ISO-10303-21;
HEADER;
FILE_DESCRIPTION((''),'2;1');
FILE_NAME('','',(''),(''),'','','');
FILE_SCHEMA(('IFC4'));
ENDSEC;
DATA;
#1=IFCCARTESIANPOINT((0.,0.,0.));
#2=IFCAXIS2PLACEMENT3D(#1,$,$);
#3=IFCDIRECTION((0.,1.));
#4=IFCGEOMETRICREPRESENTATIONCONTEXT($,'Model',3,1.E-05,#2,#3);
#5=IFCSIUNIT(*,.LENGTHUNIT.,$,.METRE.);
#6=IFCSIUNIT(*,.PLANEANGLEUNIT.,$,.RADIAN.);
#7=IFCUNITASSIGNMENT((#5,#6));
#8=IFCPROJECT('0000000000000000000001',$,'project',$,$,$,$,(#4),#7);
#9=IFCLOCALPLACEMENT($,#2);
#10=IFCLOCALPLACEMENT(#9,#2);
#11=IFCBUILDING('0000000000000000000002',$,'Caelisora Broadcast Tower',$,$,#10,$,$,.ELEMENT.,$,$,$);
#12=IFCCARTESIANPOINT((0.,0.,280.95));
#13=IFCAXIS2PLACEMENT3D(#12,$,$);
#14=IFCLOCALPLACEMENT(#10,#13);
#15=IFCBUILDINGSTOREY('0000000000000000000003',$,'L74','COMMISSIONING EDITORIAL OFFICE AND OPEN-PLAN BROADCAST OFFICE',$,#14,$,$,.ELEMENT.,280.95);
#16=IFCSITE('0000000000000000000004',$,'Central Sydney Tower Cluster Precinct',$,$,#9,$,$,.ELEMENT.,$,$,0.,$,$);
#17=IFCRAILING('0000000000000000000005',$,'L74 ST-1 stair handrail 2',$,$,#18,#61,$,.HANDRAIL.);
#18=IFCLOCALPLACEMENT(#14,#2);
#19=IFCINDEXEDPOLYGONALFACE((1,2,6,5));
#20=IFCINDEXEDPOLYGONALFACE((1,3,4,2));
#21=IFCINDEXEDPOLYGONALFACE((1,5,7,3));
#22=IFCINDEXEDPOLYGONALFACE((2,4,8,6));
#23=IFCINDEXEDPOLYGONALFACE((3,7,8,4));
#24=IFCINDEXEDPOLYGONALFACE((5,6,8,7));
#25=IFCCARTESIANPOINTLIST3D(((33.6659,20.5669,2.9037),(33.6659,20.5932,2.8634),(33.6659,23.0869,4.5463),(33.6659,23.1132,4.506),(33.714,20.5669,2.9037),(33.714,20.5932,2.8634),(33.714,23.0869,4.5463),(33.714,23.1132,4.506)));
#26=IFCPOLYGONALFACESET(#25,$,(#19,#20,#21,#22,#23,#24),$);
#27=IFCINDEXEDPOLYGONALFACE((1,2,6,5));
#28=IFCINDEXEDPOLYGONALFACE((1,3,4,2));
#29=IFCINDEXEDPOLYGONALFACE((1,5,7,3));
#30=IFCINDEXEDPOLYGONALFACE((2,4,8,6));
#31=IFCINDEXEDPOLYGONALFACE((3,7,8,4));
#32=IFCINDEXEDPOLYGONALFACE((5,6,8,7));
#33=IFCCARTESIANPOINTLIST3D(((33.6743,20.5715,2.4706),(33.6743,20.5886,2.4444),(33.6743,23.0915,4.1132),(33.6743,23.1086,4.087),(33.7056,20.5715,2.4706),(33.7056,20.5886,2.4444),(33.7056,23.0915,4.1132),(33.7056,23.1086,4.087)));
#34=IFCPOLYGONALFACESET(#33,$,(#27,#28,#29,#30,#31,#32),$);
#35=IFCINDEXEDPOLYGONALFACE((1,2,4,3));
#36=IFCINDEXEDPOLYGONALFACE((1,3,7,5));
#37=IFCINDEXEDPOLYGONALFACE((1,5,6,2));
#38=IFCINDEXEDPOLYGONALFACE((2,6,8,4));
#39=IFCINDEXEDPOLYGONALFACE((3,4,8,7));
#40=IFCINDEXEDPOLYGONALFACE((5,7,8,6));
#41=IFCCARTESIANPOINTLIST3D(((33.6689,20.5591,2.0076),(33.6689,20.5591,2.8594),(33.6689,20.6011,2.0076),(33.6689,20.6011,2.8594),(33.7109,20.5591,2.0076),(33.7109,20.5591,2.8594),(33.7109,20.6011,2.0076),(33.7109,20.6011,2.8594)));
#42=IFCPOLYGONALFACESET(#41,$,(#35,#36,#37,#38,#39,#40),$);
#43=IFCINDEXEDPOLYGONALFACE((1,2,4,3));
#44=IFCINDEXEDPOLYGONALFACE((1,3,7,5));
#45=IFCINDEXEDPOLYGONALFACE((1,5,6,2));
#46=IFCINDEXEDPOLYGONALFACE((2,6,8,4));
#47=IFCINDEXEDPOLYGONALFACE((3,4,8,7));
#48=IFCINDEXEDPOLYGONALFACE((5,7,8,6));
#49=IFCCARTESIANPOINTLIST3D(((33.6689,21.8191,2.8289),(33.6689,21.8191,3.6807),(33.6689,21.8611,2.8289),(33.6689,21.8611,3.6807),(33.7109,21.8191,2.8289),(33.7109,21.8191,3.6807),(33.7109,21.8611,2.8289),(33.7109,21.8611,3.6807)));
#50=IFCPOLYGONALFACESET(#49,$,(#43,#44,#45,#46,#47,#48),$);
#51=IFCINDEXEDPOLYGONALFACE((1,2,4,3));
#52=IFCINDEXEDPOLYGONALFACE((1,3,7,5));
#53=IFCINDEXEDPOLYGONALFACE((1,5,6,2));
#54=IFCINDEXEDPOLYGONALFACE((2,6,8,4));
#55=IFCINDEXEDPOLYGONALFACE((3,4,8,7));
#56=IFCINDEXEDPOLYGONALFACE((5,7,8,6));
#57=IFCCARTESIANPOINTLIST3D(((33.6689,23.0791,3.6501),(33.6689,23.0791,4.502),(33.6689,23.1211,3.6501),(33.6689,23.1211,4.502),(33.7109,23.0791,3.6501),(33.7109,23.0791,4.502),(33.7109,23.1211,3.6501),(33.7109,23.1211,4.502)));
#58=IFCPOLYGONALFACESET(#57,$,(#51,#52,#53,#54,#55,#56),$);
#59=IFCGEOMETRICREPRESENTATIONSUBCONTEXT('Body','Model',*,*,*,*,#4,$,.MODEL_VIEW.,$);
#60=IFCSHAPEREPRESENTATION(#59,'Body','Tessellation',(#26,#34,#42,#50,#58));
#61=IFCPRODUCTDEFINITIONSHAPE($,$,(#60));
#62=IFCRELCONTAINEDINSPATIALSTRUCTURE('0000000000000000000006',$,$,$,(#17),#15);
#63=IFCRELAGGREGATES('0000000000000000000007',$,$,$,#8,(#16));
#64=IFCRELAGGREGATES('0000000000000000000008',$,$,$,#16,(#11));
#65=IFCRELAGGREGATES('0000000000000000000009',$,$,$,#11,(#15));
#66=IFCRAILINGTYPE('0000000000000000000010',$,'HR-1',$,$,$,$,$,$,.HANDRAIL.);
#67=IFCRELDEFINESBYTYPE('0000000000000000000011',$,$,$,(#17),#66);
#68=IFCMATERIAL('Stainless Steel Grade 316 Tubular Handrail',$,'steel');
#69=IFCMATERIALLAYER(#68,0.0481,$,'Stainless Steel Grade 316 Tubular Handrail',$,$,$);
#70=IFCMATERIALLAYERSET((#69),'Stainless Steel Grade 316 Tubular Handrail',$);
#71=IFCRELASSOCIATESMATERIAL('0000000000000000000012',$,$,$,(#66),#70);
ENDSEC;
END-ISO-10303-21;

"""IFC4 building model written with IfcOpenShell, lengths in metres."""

from ifc_helpers import new_model, si_unit, direction, frame, origin, origin_2d, place, context, subcontext, project, spatial, rectangle, extrude, material, layer, layer_set, type_object, element, save


model = new_model("IFC4")

# Units and contexts
model_context = context("Model", 3, precision=1e-05, world=origin(), true_north=direction((0.0, 1.0)))
body_context = subcontext(model_context, "Body", "Model", "MODEL_VIEW")
ifc_project = project(units=[si_unit("LENGTHUNIT", "METRE"), si_unit("PLANEANGLEUNIT", "RADIAN")], contexts=[model_context])

# Site, building, storey
site_placement = place(None, origin())
site = spatial("IfcSite", under=ifc_project, at=site_placement, Name="Central Sydney Tower Cluster Precinct", CompositionType="ELEMENT", RefElevation=0.0)
building_placement = place(site_placement, origin())
building = spatial("IfcBuilding", under=site, at=building_placement, Name="Caelisora Broadcast Tower", CompositionType="ELEMENT")
storey_placement = place(building_placement, frame((0.0, 0.0, 280.95)))
storey = spatial("IfcBuildingStorey", under=building, at=storey_placement, Name="L74", Description="COMMISSIONING EDITORIAL OFFICE AND OPEN-PLAN BROADCAST OFFICE", CompositionType="ELEMENT", Elevation=280.95)

# Railing
ifc_material_1 = material(Name="Stainless Steel Grade 316 Tubular Handrail", Category="steel")
ifc_layer_1 = layer(ifc_material_1, 0.0481, Name="Stainless Steel Grade 316 Tubular Handrail")
ifc_layer_set_1 = layer_set([ifc_layer_1], Name="Stainless Steel Grade 316 Tubular Handrail")
railing_type_1 = type_object("IfcRailingType", Name="HR-1", PredefinedType="HANDRAIL", material=ifc_layer_set_1)
railing_1_placement = place(storey_placement, frame((33.6899, 20.5801, 2.0076)))
element("IfcRailing", 1, at=railing_1_placement, inside=storey, type_object=railing_type_1, Name="L74 ST-1 stair handrail 2", PredefinedType="HANDRAIL", context=body_context, shape_type="SweptSolid", body=[
    extrude(rectangle(XDim=0.0481, YDim=0.0481, at=origin_2d()), frame((0.0, 0.0, 0.876), z_axis=(0.0, 0.837749, 0.546055), x_axis=(-1.0, 0.0, 0.0)), (0.0, 0.0, 1.0), 3.0081),
    extrude(rectangle(XDim=0.0312, YDim=0.0312, at=origin_2d()), frame((0.0, 0.0, 0.45), z_axis=(0.0, 0.837749, 0.546055), x_axis=(-1.0, 0.0, 0.0)), (0.0, 0.0, 1.0), 3.0081),
    extrude(rectangle(XDim=0.042, YDim=0.042, at=origin_2d()), origin(), (0.0, 0.0, 1.0), 0.8518),
    extrude(rectangle(XDim=0.042, YDim=0.042, at=origin_2d()), frame((0.0, 1.26, 0.8213)), (0.0, 0.0, 1.0), 0.8518),
    extrude(rectangle(XDim=0.042, YDim=0.042, at=origin_2d()), frame((0.0, 2.52, 1.6426)), (0.0, 0.0, 1.0), 0.8518),
])

save(model, "model.ifc")
